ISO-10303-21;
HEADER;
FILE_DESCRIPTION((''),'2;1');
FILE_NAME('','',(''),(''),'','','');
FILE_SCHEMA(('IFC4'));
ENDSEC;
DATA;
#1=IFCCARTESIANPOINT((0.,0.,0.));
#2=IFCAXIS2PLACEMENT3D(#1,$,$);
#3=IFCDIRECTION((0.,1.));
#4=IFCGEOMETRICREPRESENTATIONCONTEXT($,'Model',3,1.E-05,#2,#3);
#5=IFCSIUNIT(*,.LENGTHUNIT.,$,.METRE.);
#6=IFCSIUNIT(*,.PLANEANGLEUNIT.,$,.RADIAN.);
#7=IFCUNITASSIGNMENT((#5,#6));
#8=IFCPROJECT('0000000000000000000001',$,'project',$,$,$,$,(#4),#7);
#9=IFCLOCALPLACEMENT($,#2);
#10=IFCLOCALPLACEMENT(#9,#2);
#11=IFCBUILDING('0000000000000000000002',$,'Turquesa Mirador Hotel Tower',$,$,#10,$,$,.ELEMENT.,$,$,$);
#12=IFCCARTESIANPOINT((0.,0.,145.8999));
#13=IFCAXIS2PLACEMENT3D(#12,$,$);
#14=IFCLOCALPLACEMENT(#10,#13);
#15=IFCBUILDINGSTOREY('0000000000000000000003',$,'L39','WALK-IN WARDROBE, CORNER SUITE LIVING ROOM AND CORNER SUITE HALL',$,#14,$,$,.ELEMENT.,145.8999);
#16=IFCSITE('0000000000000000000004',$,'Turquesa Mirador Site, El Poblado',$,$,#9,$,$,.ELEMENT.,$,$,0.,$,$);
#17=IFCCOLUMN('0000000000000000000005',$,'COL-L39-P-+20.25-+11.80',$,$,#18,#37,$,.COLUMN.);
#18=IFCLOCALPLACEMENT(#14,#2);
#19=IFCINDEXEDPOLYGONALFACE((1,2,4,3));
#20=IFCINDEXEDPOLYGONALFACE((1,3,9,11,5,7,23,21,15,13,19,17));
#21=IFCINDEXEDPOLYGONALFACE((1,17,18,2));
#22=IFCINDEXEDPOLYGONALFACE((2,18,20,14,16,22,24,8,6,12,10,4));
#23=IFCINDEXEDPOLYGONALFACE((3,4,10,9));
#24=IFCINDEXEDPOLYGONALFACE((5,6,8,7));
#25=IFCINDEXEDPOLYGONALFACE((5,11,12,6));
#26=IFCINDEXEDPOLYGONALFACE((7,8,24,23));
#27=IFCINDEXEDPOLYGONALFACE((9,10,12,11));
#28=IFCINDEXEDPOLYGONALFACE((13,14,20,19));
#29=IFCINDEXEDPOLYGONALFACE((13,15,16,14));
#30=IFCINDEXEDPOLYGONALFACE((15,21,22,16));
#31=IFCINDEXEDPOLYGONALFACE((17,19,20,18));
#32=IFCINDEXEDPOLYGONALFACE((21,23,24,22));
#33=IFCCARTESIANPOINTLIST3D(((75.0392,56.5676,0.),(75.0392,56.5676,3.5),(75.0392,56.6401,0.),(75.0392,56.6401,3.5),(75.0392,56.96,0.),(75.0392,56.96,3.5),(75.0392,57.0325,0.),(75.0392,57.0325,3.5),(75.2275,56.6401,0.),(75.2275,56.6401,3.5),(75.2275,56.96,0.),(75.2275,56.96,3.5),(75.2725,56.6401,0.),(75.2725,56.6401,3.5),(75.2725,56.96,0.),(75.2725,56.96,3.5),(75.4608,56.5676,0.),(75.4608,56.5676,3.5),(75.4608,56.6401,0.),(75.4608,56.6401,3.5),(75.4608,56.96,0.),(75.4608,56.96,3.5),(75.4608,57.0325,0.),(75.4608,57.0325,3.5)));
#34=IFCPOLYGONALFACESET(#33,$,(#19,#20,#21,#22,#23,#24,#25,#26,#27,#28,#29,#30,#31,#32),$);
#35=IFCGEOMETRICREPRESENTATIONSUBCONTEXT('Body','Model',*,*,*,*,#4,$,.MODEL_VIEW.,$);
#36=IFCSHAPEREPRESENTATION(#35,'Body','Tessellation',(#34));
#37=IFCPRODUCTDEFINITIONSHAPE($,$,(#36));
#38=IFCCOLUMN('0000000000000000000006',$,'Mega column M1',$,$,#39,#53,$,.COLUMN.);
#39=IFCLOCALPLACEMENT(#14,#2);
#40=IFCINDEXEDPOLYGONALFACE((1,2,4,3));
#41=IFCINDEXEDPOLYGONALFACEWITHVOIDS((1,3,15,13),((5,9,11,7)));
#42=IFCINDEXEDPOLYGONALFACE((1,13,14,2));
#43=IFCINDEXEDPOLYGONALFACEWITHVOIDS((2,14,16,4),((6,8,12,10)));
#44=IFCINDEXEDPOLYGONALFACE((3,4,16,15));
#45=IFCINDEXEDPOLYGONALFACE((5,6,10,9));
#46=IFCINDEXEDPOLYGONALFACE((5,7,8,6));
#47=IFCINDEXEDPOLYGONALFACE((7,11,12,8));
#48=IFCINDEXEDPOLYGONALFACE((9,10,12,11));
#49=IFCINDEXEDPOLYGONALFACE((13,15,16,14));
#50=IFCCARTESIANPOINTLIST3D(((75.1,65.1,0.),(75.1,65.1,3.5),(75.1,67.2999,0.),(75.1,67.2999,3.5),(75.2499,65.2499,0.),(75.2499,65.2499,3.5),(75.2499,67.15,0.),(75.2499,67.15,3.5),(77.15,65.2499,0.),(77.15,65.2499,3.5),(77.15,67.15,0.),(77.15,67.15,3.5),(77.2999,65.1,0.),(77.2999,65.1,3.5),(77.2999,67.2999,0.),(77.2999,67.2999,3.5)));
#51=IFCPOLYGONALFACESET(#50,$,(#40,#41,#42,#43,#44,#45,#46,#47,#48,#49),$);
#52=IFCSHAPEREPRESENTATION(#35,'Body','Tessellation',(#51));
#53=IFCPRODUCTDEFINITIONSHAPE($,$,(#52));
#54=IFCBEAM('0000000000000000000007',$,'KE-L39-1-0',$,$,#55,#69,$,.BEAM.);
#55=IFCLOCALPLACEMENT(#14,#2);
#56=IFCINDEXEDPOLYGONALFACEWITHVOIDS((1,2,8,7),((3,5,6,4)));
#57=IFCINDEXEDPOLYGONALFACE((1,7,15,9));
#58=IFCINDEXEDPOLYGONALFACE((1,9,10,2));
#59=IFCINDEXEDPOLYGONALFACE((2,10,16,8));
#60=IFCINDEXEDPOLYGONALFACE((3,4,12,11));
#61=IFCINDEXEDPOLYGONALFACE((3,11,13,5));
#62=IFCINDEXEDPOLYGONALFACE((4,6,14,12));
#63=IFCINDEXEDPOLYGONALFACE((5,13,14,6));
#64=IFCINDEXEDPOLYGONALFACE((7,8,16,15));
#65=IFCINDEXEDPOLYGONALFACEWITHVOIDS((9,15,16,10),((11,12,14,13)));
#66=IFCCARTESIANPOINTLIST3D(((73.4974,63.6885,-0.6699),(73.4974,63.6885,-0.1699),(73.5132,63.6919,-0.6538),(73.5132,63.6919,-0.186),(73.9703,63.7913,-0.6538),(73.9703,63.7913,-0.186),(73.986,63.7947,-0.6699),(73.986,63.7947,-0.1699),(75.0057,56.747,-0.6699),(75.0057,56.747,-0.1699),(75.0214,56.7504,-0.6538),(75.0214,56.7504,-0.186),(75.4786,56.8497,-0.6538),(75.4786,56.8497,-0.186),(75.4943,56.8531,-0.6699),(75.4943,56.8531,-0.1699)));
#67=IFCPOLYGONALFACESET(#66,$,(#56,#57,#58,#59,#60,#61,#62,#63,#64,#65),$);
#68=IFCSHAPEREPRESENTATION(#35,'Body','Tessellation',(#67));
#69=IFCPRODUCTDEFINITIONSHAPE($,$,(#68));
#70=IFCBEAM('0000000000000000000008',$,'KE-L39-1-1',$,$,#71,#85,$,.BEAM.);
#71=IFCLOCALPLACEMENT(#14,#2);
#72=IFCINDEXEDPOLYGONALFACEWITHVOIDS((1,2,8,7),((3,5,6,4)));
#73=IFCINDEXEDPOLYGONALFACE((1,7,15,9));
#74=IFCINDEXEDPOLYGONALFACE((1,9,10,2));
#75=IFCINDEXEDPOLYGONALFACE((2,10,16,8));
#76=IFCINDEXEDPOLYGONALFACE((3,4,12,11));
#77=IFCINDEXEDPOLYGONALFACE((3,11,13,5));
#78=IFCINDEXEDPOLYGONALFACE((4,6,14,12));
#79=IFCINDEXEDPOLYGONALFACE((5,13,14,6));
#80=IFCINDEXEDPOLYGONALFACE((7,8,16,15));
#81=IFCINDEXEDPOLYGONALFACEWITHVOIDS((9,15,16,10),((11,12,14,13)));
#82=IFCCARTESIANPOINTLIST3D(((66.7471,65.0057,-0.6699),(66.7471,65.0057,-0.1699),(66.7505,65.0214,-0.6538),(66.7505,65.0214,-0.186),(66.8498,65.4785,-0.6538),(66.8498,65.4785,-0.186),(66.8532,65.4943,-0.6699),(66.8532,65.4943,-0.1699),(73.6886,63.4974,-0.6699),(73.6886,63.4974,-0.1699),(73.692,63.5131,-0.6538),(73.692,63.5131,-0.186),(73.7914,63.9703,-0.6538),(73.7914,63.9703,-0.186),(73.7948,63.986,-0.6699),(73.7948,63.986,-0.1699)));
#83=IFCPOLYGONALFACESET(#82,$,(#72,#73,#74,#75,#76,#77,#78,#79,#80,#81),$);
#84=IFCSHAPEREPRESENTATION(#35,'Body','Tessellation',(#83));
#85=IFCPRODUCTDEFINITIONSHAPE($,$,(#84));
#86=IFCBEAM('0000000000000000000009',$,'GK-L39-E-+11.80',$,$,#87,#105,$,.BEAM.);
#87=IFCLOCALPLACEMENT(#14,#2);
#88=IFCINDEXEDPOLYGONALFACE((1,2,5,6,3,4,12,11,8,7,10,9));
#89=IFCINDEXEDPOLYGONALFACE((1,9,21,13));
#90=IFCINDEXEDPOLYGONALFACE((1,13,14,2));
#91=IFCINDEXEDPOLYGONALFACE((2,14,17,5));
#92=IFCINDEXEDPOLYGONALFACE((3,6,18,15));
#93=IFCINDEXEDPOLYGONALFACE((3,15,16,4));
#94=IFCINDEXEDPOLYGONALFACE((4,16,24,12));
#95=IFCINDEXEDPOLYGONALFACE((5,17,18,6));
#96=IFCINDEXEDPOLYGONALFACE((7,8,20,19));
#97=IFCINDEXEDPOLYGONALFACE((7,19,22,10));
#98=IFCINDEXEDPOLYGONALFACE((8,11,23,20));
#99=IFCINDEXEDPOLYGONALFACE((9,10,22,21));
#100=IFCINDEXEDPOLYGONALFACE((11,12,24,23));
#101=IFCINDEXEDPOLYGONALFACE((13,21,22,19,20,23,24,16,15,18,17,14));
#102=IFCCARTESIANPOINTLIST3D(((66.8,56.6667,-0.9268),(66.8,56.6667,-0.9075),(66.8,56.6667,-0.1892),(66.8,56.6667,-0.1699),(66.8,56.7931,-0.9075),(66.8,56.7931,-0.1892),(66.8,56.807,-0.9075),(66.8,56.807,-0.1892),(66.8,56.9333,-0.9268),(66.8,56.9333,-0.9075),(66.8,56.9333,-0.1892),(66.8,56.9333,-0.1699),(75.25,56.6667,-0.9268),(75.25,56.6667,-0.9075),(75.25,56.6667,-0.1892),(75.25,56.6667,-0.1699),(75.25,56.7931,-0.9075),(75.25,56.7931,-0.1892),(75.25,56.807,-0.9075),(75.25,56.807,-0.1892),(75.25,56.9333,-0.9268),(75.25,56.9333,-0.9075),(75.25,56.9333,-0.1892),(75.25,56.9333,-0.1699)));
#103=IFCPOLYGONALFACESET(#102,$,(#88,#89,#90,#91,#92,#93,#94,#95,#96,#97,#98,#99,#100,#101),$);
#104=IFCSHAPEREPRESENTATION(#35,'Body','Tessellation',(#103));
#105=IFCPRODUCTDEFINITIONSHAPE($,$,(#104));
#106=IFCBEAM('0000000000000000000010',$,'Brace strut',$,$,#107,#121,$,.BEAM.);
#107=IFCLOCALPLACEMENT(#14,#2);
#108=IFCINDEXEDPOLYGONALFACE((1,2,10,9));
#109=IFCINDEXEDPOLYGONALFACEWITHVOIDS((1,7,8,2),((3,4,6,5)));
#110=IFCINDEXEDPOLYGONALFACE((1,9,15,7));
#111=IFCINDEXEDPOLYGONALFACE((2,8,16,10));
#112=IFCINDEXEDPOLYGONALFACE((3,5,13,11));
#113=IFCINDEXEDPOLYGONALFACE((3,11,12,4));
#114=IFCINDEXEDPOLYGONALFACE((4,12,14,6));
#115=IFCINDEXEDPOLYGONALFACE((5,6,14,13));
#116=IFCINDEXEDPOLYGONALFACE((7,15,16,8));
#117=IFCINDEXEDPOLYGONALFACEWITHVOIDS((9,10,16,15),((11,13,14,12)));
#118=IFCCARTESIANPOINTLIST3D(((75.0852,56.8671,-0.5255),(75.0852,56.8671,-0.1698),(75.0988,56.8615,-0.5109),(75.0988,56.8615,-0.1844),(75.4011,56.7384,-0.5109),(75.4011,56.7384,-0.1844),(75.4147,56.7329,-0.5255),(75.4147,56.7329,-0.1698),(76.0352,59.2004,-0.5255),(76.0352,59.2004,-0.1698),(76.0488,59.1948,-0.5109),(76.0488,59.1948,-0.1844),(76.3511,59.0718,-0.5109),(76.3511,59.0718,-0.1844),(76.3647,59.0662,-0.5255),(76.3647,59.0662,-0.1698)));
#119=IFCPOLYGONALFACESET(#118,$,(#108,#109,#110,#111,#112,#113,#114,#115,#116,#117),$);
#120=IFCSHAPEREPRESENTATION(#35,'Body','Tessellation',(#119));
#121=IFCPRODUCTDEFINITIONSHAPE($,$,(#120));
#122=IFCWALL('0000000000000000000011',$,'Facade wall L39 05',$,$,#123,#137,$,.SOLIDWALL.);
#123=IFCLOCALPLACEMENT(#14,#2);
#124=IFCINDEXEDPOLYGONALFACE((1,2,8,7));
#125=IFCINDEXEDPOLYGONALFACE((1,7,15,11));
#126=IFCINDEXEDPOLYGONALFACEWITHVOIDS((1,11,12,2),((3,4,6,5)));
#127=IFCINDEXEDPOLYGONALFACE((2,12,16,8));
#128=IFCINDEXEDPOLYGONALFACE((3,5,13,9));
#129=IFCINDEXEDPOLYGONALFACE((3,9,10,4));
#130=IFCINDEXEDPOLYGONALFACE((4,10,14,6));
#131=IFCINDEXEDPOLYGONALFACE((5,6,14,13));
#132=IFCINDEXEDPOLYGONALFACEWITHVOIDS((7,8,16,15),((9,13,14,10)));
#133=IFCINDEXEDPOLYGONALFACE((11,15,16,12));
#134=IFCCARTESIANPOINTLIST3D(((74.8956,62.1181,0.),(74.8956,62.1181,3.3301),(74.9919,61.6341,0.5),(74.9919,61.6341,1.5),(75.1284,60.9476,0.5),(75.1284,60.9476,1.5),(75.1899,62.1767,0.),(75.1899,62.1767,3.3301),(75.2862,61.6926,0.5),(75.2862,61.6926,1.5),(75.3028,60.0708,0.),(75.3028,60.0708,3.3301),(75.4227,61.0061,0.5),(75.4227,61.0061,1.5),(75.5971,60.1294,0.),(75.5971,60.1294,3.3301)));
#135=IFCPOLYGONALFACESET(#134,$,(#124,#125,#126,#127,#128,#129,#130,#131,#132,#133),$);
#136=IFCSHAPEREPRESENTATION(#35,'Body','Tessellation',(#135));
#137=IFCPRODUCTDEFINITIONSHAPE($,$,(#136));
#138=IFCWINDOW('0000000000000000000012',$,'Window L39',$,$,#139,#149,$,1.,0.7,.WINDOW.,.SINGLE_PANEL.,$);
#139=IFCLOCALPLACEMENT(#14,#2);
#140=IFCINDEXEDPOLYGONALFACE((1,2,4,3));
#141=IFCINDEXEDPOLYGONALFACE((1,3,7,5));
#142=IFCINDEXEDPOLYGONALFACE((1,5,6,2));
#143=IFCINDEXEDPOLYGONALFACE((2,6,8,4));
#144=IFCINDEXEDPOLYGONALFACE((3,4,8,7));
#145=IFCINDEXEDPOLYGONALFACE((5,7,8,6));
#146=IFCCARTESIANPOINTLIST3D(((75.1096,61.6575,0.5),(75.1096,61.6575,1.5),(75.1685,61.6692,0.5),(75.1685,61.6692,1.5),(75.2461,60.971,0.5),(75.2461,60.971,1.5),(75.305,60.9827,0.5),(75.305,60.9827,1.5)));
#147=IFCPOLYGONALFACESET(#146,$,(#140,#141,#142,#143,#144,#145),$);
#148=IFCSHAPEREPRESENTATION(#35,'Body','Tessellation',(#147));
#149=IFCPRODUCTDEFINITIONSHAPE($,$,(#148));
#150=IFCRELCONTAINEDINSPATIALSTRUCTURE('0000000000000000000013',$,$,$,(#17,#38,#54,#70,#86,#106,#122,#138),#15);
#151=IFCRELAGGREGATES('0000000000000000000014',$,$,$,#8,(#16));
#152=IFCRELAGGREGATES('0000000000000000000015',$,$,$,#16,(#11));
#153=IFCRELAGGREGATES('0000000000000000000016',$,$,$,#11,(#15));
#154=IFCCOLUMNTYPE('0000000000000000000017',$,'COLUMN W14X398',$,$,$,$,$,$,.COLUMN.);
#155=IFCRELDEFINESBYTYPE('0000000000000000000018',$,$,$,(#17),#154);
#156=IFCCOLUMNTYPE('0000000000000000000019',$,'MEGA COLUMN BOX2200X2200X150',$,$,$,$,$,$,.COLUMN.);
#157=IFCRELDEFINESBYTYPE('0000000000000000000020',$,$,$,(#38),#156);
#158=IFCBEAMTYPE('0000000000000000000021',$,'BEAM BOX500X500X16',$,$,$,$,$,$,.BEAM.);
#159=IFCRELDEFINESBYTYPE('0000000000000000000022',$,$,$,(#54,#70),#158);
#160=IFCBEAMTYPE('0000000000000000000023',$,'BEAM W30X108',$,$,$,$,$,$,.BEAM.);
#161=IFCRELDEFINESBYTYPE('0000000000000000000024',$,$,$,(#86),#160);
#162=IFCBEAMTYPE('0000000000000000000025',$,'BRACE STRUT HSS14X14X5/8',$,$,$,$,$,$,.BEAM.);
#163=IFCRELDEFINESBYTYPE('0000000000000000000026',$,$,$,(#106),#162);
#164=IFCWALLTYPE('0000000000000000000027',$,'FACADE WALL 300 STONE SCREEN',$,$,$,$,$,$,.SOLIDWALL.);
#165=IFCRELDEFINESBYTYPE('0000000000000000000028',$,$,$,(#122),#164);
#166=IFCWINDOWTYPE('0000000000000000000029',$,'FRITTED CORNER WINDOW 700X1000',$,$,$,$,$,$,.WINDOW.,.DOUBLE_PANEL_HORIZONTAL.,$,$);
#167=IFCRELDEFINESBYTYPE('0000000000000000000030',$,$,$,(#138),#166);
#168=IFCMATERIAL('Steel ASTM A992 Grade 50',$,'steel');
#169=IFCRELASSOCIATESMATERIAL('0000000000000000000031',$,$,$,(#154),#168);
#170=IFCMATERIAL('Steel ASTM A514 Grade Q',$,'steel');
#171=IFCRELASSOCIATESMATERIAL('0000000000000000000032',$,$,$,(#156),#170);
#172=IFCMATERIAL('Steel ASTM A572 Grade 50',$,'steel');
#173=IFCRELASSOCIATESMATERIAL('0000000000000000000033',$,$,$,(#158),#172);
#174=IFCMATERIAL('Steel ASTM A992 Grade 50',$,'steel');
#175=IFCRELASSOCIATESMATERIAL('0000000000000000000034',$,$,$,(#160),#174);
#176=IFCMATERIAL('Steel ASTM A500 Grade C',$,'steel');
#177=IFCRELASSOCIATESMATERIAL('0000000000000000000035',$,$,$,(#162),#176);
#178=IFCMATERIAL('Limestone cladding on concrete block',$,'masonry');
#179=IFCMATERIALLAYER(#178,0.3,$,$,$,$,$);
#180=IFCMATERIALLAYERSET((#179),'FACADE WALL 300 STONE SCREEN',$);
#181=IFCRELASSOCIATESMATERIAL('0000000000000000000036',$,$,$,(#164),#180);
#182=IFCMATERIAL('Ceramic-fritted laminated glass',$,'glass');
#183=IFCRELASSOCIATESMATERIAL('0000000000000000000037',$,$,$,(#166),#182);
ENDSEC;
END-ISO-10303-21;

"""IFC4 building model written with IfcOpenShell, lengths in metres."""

from ifc_helpers import new_model, si_unit, direction, frame, frame_2d, origin, origin_2d, place, context, subcontext, project, spatial, rectangle, hollow_rectangle, i_section, extrude, material, layer, layer_set, material_profile, profile_set, type_object, element, fill, save


model = new_model("IFC4")

# Units and contexts
model_context = context("Model", 3, precision=1e-05, world=origin(), true_north=direction((0.0, 1.0)))
body_context = subcontext(model_context, "Body", "Model", "MODEL_VIEW")
ifc_project = project(units=[si_unit("LENGTHUNIT", "METRE"), si_unit("PLANEANGLEUNIT", "RADIAN")], contexts=[model_context])

# Site, building, storey
site_placement = place(None, origin())
site = spatial("IfcSite", under=ifc_project, at=site_placement, Name="Turquesa Mirador Site, El Poblado", CompositionType="ELEMENT", RefElevation=0.0)
building_placement = place(site_placement, origin())
building = spatial("IfcBuilding", under=site, at=building_placement, Name="Turquesa Mirador Hotel Tower", CompositionType="ELEMENT")
storey_placement = place(building_placement, frame((0.0, 0.0, 145.8999)))
storey = spatial("IfcBuildingStorey", under=building, at=storey_placement, Name="L39", Description="WALK-IN WARDROBE, CORNER SUITE LIVING ROOM AND CORNER SUITE HALL", CompositionType="ELEMENT", Elevation=145.8999)

# Columns
ifc_material_1 = material(Name="Steel ASTM A992 Grade 50", Category="steel")
ifc_material_profile_1 = material_profile(ifc_material_1, i_section(OverallWidth=0.4216, OverallDepth=0.4648, WebThickness=0.0449, FlangeThickness=0.0725, at=origin_2d()), Name="W14X398")
ifc_profile_set_1 = profile_set([ifc_material_profile_1], Name="Steel ASTM A992 Grade 50")
column_type_1 = type_object("IfcColumnType", Name="COLUMN W14X398", PredefinedType="COLUMN", material=ifc_profile_set_1)
column_1_placement = place(storey_placement, frame((75.25, 56.8, 0.0), z_axis=(0.0, 0.0, 1.0), x_axis=(1.0, 0.0, 0.0)))
element("IfcColumn", 1, at=column_1_placement, inside=storey, type_object=column_type_1, Name="COL-L39-P-+20.25-+11.80", PredefinedType="COLUMN", context=body_context, shape_type="SweptSolid", body=[
    extrude(i_section(OverallWidth=0.4216, OverallDepth=0.4648, WebThickness=0.0449, FlangeThickness=0.0725, at=origin_2d()), origin(), (0.0, 0.0, 1.0), 3.5),
])
ifc_material_2 = material(Name="Steel ASTM A514 Grade Q", Category="steel")
ifc_material_profile_2 = material_profile(ifc_material_2, hollow_rectangle(XDim=2.2, YDim=2.2, WallThickness=0.1499, at=origin_2d()), Name="BOX2200X2200X150")
ifc_profile_set_2 = profile_set([ifc_material_profile_2], Name="Steel ASTM A514 Grade Q")
column_type_2 = type_object("IfcColumnType", Name="MEGA COLUMN BOX2200X2200X150", PredefinedType="COLUMN", material=ifc_profile_set_2)
column_2_placement = place(storey_placement, frame((76.2, 66.2, 0.0), z_axis=(0.0, 0.0, 1.0), x_axis=(1.0, 0.0, 0.0)))
element("IfcColumn", 2, at=column_2_placement, inside=storey, type_object=column_type_2, Name="Mega column M1", PredefinedType="COLUMN", context=body_context, shape_type="SweptSolid", body=[
    extrude(hollow_rectangle(XDim=2.2, YDim=2.2, WallThickness=0.1499, at=origin_2d()), origin(), (0.0, 0.0, 1.0), 3.5),
])

# Beams
ifc_material_3 = material(Name="Steel ASTM A572 Grade 50", Category="steel")
ifc_material_profile_3 = material_profile(ifc_material_3, hollow_rectangle(XDim=0.5, YDim=0.5, WallThickness=0.0161, at=origin_2d()), Name="BOX500X500X16")
ifc_profile_set_3 = profile_set([ifc_material_profile_3], Name="Steel ASTM A572 Grade 50")
beam_type_1 = type_object("IfcBeamType", Name="BEAM BOX500X500X16", PredefinedType="BEAM", material=ifc_profile_set_3)
for number, where, z_axis, x_axis, name in (
    (3, (75.25, 56.8, -0.4199), (-0.212328, 0.977198, 0.0), (-0.977198, -0.212328, 0.0), "KE-L39-1-0"),
    (4, (73.7417, 63.7417, -0.4199), (-0.977198, 0.212328, 0.0), (-0.212328, -0.977198, 0.0), "KE-L39-1-1"),
):
    element("IfcBeam", number, at=place(storey_placement, frame(where, z_axis=z_axis, x_axis=x_axis)), inside=storey, type_object=beam_type_1, Name=name, PredefinedType="BEAM", context=body_context, shape_type="SweptSolid", body=[
        extrude(hollow_rectangle(XDim=0.5, YDim=0.5, WallThickness=0.0161, at=origin_2d()), origin(), (0.0, 0.0, 1.0), 7.1035),
    ])
ifc_material_4 = material(Name="Steel ASTM A992 Grade 50", Category="steel")
ifc_material_profile_4 = material_profile(ifc_material_4, i_section(OverallWidth=0.2666, OverallDepth=0.7568, WebThickness=0.0139, FlangeThickness=0.0193, at=origin_2d()), Name="W30X108")
ifc_profile_set_4 = profile_set([ifc_material_profile_4], Name="Steel ASTM A992 Grade 50")
beam_type_2 = type_object("IfcBeamType", Name="BEAM W30X108", PredefinedType="BEAM", material=ifc_profile_set_4)
beam_1_placement = place(storey_placement, frame((75.25, 56.8, -0.5483), z_axis=(-1.0, 0.0, 0.0), x_axis=(0.0, -1.0, 0.0)))
element("IfcBeam", 5, at=beam_1_placement, inside=storey, type_object=beam_type_2, Name="GK-L39-E-+11.80", PredefinedType="BEAM", context=body_context, shape_type="SweptSolid", body=[
    extrude(i_section(OverallWidth=0.2666, OverallDepth=0.7568, WebThickness=0.0139, FlangeThickness=0.0193, at=origin_2d()), origin(), (0.0, 0.0, 1.0), 8.45),
])
ifc_material_5 = material(Name="Steel ASTM A500 Grade C", Category="steel")
ifc_material_profile_5 = material_profile(ifc_material_5, hollow_rectangle(XDim=0.3557, YDim=0.3557, WallThickness=0.0146, at=origin_2d()), Name="HSS14X14X5/8")
ifc_profile_set_5 = profile_set([ifc_material_profile_5], Name="Steel ASTM A500 Grade C")
beam_type_3 = type_object("IfcBeamType", Name="BRACE STRUT HSS14X14X5/8", PredefinedType="BEAM", material=ifc_profile_set_5)
beam_2_placement = place(storey_placement, frame((76.2, 59.1333, -0.3477), z_axis=(-0.377081, -0.92618, 0.0), x_axis=(0.92618, -0.377081, 0.0)))
element("IfcBeam", 6, at=beam_2_placement, inside=storey, type_object=beam_type_3, Name="Brace strut", PredefinedType="BEAM", context=body_context, shape_type="SweptSolid", body=[
    extrude(hollow_rectangle(XDim=0.3557, YDim=0.3557, WallThickness=0.0146, at=origin_2d()), origin(), (0.0, 0.0, 1.0), 2.5193),
])

# Wall, opening, window
ifc_material_6 = material(Name="Limestone cladding on concrete block", Category="masonry")
ifc_layer = layer(ifc_material_6, 0.3)
ifc_layer_set = layer_set([ifc_layer], Name="FACADE WALL 300 STONE SCREEN")
wall_type = type_object("IfcWallType", Name="FACADE WALL 300 STONE SCREEN", PredefinedType="SOLIDWALL", material=ifc_layer_set)
wall_1_placement = place(storey_placement, frame((75.45, 60.1001, 0.0), z_axis=(0.0, 0.0, 1.0), x_axis=(-0.195081, 0.980787, 0.0)))
wall_1 = element("IfcWall", 7, at=wall_1_placement, inside=storey, type_object=wall_type, Name="Facade wall L39 05", PredefinedType="SOLIDWALL", context=body_context, shape_type="SweptSolid", body=[
    extrude(rectangle(XDim=2.0874, YDim=0.3, at=frame_2d((1.0437, 0.0))), origin(), (0.0, 0.0, 1.0), 3.3301),
])
opening_1_placement = place(wall_1_placement, frame((0.8938, 0.0, 0.5)))
opening_1 = element("IfcOpeningElement", 8, at=opening_1_placement, cuts=wall_1, PredefinedType="OPENING", context=body_context, shape_type="SweptSolid", body=[
    extrude(rectangle(XDim=0.7, YDim=1.0, at=frame_2d((0.3501, 0.5))), frame((0.0, 0.1599, 0.0), z_axis=(0.0, -1.0, 0.0), x_axis=(1.0, 0.0, 0.0)), (0.0, 0.0, 1.0), 0.3201),
])
ifc_material_7 = material(Name="Ceramic-fritted laminated glass", Category="glass")
window_type_1 = type_object("IfcWindowType", Name="FRITTED CORNER WINDOW 700X1000", PartitioningType="DOUBLE_PANEL_HORIZONTAL", PredefinedType="WINDOW", material=ifc_material_7)
window_1_placement = place(opening_1_placement, origin())
window_1 = element("IfcWindow", 9, at=window_1_placement, inside=storey, type_object=window_type_1, Name="Window L39", OverallHeight=1.0, OverallWidth=0.7, PartitioningType="SINGLE_PANEL", PredefinedType="WINDOW", context=body_context, shape_type="SweptSolid", body=[
    extrude(rectangle(XDim=0.7, YDim=1.0, at=frame_2d((0.3501, 0.5))), frame((0.0, 0.03, 0.0), z_axis=(0.0, -1.0, 0.0), x_axis=(1.0, 0.0, 0.0)), (0.0, 0.0, 1.0), 0.0601),
])
fill(opening_1, window_1)

save(model, "model.ifc")
